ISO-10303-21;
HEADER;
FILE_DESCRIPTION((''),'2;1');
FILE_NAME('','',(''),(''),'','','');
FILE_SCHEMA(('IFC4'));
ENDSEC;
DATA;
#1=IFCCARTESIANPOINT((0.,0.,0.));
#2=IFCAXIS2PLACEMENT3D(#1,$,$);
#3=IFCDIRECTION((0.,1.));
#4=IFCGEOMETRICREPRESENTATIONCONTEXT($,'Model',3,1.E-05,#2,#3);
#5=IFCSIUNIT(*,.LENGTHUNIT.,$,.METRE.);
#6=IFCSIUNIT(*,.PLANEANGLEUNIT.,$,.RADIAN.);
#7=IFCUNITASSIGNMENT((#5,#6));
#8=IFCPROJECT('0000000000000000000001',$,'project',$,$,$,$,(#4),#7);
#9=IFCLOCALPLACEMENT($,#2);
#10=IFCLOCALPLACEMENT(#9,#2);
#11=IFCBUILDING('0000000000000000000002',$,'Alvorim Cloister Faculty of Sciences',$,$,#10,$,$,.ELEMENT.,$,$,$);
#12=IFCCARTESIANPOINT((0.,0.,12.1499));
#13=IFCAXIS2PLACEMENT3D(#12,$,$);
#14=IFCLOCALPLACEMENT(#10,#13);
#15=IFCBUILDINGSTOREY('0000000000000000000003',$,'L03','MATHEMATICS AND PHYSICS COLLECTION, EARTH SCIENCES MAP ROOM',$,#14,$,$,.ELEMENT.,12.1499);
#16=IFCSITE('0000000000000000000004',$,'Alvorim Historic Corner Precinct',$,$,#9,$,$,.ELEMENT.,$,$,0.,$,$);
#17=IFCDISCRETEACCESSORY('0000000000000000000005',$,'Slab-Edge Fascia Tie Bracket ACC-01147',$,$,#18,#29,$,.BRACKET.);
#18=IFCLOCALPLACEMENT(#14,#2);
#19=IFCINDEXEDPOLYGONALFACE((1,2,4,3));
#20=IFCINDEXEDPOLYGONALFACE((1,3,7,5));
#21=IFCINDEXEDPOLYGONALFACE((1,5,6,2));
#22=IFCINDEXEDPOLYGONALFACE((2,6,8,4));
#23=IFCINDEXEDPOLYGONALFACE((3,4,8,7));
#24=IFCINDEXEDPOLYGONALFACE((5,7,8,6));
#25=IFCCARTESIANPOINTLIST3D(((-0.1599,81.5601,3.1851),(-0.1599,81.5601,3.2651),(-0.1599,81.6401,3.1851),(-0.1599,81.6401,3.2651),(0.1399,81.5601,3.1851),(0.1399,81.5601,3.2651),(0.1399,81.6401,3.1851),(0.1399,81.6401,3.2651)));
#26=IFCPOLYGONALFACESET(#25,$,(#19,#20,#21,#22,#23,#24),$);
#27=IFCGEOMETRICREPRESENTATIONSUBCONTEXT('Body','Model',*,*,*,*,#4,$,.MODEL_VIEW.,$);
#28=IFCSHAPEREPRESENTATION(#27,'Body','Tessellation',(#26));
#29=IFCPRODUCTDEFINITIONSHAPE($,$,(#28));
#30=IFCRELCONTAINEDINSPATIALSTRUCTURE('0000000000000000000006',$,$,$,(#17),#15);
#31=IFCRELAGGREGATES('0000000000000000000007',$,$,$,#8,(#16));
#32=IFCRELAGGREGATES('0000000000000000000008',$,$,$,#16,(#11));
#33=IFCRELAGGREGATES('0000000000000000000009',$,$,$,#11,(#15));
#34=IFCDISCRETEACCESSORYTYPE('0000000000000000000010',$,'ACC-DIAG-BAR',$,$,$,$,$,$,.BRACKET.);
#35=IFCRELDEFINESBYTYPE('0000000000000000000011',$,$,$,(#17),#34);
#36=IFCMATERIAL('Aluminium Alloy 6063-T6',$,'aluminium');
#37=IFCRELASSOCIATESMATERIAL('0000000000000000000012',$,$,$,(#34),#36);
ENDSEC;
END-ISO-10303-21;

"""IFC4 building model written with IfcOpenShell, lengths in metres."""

from ifc_helpers import new_model, si_unit, direction, frame, origin, origin_2d, place, context, subcontext, project, spatial, rectangle, extrude, material, type_object, element, save


model = new_model("IFC4")

# Units and contexts
model_context = context("Model", 3, precision=1e-05, world=origin(), true_north=direction((0.0, 1.0)))
body_context = subcontext(model_context, "Body", "Model", "MODEL_VIEW")
ifc_project = project(units=[si_unit("LENGTHUNIT", "METRE"), si_unit("PLANEANGLEUNIT", "RADIAN")], contexts=[model_context])

# Site, building, storey
site_placement = place(None, origin())
site = spatial("IfcSite", under=ifc_project, at=site_placement, Name="Alvorim Historic Corner Precinct", CompositionType="ELEMENT", RefElevation=0.0)
building_placement = place(site_placement, origin())
building = spatial("IfcBuilding", under=site, at=building_placement, Name="Alvorim Cloister Faculty of Sciences", CompositionType="ELEMENT")
storey_placement = place(building_placement, frame((0.0, 0.0, 12.1499)))
storey = spatial("IfcBuildingStorey", under=building, at=storey_placement, Name="L03", Description="MATHEMATICS AND PHYSICS COLLECTION, EARTH SCIENCES MAP ROOM", CompositionType="ELEMENT", Elevation=12.1499)

# Shared definitions
ifc_material_1 = material(Name="Aluminium Alloy 6063-T6", Category="aluminium")

# Discrete accessory
discrete_accessory_type = type_object("IfcDiscreteAccessoryType", Name="ACC-DIAG-BAR", PredefinedType="BRACKET", material=ifc_material_1)
discrete_accessory_placement = place(storey_placement, frame((0.1399, 81.6001, 3.2251), z_axis=(-1.0, 0.0, 0.0), x_axis=(0.0, -1.0, 0.0)))
element("IfcDiscreteAccessory", 1, at=discrete_accessory_placement, inside=storey, type_object=discrete_accessory_type, Name="Slab-Edge Fascia Tie Bracket ACC-01147", PredefinedType="BRACKET", context=body_context, shape_type="SweptSolid", body=[
    extrude(rectangle(XDim=0.0801, YDim=0.0801, at=origin_2d()), origin(), (0.0, 0.0, 1.0), 0.2998),
])

save(model, "model.ifc")
